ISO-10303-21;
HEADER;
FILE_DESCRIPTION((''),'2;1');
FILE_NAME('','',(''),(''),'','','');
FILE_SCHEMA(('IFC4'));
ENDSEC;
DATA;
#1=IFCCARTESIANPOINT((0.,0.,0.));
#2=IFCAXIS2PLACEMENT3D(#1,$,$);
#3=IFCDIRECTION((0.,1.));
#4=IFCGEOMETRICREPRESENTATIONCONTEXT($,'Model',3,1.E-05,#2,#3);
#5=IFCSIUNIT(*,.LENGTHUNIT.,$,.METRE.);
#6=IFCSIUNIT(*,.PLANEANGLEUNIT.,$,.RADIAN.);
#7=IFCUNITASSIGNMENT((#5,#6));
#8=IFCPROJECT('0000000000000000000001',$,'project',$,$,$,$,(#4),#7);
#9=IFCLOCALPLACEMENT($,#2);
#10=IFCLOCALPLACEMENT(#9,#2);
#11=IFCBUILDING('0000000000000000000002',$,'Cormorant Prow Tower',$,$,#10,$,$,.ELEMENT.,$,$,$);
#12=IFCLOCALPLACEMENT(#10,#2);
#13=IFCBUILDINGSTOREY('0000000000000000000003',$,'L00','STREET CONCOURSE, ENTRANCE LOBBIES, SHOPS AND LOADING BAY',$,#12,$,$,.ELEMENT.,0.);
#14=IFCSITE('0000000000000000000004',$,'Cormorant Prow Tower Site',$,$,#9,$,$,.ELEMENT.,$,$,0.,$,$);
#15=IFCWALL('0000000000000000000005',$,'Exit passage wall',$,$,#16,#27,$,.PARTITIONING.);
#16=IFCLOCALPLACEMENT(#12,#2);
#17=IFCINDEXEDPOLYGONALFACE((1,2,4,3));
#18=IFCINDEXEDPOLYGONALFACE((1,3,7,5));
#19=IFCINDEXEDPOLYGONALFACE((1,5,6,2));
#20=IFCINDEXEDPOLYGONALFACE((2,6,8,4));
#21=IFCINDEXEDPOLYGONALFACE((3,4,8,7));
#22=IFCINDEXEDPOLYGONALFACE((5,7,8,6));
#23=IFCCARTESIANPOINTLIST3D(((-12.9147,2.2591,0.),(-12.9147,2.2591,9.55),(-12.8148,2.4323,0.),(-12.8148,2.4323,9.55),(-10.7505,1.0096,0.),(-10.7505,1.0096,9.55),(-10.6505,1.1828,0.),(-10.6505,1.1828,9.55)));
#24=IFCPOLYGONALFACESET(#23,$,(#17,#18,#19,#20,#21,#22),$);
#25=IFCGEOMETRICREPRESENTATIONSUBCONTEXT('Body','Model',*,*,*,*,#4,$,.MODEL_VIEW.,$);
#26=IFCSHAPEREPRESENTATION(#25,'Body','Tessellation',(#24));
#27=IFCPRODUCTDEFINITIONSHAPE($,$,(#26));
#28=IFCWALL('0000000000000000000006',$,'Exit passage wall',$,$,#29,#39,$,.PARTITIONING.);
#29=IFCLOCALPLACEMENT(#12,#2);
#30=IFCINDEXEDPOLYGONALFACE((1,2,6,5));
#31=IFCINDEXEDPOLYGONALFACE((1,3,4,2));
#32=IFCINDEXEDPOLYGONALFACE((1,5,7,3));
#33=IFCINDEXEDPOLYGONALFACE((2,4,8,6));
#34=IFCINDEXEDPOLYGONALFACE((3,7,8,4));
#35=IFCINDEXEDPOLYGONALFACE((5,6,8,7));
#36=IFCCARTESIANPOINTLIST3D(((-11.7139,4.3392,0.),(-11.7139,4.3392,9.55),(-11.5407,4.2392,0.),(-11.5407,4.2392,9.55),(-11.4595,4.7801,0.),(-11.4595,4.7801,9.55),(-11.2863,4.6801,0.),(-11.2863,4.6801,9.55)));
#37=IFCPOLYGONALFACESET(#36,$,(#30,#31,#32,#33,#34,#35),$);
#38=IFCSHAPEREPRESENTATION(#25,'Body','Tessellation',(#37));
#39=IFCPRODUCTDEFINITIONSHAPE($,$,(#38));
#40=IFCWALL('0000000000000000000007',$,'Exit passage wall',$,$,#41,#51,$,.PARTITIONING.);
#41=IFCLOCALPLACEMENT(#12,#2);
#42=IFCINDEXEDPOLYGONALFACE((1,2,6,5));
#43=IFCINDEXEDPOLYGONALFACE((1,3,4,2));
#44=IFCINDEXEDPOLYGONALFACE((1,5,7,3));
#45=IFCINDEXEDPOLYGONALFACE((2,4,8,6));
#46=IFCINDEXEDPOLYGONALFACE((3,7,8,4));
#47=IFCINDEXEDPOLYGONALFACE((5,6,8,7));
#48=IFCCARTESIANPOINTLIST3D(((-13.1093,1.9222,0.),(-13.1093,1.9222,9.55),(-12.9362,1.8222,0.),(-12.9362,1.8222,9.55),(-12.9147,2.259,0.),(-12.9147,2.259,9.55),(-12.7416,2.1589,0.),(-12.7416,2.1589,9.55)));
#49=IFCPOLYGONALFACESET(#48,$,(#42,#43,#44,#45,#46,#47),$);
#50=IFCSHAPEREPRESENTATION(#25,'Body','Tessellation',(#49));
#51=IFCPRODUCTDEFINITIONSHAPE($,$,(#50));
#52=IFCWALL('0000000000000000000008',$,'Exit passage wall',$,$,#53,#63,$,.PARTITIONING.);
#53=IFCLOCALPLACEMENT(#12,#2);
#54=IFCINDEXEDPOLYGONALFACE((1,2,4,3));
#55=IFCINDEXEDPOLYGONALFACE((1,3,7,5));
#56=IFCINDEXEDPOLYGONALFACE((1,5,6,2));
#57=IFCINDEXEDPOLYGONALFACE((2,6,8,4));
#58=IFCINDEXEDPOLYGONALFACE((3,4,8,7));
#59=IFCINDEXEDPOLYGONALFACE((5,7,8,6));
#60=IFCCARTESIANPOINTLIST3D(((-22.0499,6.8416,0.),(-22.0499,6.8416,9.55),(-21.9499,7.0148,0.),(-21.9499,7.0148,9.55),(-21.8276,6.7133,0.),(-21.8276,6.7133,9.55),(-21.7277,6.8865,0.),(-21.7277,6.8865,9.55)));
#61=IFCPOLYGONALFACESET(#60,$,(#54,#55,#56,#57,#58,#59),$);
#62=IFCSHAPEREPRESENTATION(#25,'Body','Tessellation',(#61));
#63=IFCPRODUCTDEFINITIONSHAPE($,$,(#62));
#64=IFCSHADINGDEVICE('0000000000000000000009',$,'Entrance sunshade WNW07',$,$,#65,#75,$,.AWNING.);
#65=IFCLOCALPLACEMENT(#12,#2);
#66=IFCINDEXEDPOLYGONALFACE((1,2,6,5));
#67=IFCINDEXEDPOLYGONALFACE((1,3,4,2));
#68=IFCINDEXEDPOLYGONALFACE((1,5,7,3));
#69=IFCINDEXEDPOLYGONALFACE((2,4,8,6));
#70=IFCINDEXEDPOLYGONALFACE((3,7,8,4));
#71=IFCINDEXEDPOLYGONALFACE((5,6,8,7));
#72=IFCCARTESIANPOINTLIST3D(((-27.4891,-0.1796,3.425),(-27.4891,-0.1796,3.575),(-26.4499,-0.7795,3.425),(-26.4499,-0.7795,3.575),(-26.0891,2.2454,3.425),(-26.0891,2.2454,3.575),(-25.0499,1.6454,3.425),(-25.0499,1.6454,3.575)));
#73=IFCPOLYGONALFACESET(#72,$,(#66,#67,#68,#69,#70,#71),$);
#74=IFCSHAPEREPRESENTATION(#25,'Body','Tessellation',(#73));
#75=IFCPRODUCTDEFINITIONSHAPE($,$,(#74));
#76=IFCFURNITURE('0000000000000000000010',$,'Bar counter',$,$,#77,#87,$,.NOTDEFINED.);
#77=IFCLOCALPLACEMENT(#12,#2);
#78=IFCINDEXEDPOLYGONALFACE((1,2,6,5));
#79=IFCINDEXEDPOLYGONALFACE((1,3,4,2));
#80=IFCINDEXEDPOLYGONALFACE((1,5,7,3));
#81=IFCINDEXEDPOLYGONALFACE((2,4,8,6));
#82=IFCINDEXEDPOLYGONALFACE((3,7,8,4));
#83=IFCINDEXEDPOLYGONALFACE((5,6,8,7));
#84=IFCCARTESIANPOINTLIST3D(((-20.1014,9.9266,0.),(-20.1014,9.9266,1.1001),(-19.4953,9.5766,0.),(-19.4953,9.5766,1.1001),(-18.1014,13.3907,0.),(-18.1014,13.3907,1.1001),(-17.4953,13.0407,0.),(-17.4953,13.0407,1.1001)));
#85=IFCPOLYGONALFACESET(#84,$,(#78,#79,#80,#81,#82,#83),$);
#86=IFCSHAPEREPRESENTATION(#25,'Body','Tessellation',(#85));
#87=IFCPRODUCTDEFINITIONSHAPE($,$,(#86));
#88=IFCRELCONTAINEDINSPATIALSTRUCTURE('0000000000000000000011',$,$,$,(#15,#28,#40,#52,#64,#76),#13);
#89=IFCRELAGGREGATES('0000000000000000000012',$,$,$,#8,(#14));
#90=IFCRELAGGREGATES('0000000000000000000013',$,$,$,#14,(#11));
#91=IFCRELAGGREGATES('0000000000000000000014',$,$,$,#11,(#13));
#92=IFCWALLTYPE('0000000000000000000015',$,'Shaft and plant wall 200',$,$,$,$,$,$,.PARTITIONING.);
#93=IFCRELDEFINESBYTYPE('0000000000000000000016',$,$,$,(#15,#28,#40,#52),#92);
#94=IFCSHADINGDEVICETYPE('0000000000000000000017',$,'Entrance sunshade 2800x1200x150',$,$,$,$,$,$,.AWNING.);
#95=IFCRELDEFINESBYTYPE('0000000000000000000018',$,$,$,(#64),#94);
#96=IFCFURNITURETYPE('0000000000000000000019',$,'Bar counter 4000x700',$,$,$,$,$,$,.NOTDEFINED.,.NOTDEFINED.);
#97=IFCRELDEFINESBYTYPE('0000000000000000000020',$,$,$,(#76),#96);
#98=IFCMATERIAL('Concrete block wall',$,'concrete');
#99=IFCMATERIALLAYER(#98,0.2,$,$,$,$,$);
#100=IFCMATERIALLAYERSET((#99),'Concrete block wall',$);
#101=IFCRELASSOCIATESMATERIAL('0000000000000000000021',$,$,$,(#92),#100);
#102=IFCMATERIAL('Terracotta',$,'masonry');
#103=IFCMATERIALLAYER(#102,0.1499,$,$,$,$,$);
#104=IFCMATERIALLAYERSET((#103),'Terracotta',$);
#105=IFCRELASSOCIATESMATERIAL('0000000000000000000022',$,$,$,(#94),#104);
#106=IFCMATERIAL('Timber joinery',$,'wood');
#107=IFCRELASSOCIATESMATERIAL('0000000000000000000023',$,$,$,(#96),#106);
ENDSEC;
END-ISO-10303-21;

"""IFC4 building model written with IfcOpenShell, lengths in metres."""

from ifc_helpers import new_model, si_unit, direction, frame, frame_2d, origin, origin_2d, place, context, subcontext, project, spatial, rectangle, extrude, material, layer, layer_set, type_object, element, save


model = new_model("IFC4")

# Units and contexts
model_context = context("Model", 3, precision=1e-05, world=origin(), true_north=direction((0.0, 1.0)))
body_context = subcontext(model_context, "Body", "Model", "MODEL_VIEW")
ifc_project = project(units=[si_unit("LENGTHUNIT", "METRE"), si_unit("PLANEANGLEUNIT", "RADIAN")], contexts=[model_context])

# Site, building, storey
site_placement = place(None, origin())
site = spatial("IfcSite", under=ifc_project, at=site_placement, Name="Cormorant Prow Tower Site", CompositionType="ELEMENT", RefElevation=0.0)
building_placement = place(site_placement, origin())
building = spatial("IfcBuilding", under=site, at=building_placement, Name="Cormorant Prow Tower", CompositionType="ELEMENT")
storey_placement = place(building_placement, origin())
storey = spatial("IfcBuildingStorey", under=building, at=storey_placement, Name="L00", Description="STREET CONCOURSE, ENTRANCE LOBBIES, SHOPS AND LOADING BAY", CompositionType="ELEMENT", Elevation=0.0)

# Walls
ifc_material_1 = material(Name="Concrete block wall", Category="concrete")
ifc_layer_1 = layer(ifc_material_1, 0.2)
ifc_layer_set_1 = layer_set([ifc_layer_1], Name="Concrete block wall")
wall_type_1 = type_object("IfcWallType", Name="Shaft and plant wall 200", PredefinedType="PARTITIONING", material=ifc_layer_set_1)
wall_1_placement = place(storey_placement, frame((-12.8647, 2.3457, 0.0), z_axis=(0.0, 0.0, 1.0), x_axis=(0.866034, -0.499985, 0.0)))
element("IfcWall", 1, at=wall_1_placement, inside=storey, type_object=wall_type_1, Name="Exit passage wall", PredefinedType="PARTITIONING", context=body_context, shape_type="SweptSolid", body=[
    extrude(rectangle(XDim=2.499, YDim=0.2, at=frame_2d((1.2495, 0.0))), origin(), (0.0, 0.0, 1.0), 9.55),
])
wall_2_placement = place(storey_placement, frame((-11.6272, 4.2893, 0.0), z_axis=(0.0, 0.0, 1.0), x_axis=(0.49975, 0.86617, 0.0)))
element("IfcWall", 2, at=wall_2_placement, inside=storey, type_object=wall_type_1, Name="Exit passage wall", PredefinedType="PARTITIONING", context=body_context, shape_type="SweptSolid", body=[
    extrude(rectangle(XDim=0.509, YDim=0.2, at=frame_2d((0.2544, 0.0))), origin(), (0.0, 0.0, 1.0), 9.55),
])
wall_3_placement = place(storey_placement, frame((-13.0227, 1.8723, 0.0), z_axis=(0.0, 0.0, 1.0), x_axis=(0.500393, 0.865799, 0.0)))
element("IfcWall", 3, at=wall_3_placement, inside=storey, type_object=wall_type_1, Name="Exit passage wall", PredefinedType="PARTITIONING", context=body_context, shape_type="SweptSolid", body=[
    extrude(rectangle(XDim=0.3889, YDim=0.2, at=frame_2d((0.1943, 0.0))), origin(), (0.0, 0.0, 1.0), 9.55),
])
wall_4_placement = place(storey_placement, frame((-22.0, 6.9282, 0.0), z_axis=(0.0, 0.0, 1.0), x_axis=(0.866186, -0.499722, 0.0)))
element("IfcWall", 4, at=wall_4_placement, inside=storey, type_object=wall_type_1, Name="Exit passage wall", PredefinedType="PARTITIONING", context=body_context, shape_type="SweptSolid", body=[
    extrude(rectangle(XDim=0.2566, YDim=0.2, at=frame_2d((0.1284, 0.0))), origin(), (0.0, 0.0, 1.0), 9.55),
])

# Shading device
ifc_material_2 = material(Name="Terracotta", Category="masonry")
ifc_layer_2 = layer(ifc_material_2, 0.1499)
ifc_layer_set_2 = layer_set([ifc_layer_2], Name="Terracotta")
shading_device_type = type_object("IfcShadingDeviceType", Name="Entrance sunshade 2800x1200x150", PredefinedType="AWNING", material=ifc_layer_set_2)
shading_device_placement = place(storey_placement, frame((-26.2695, 0.7329, 3.425), z_axis=(0.0, 0.0, 1.0), x_axis=(-0.5, -0.866025, 0.0)))
element("IfcShadingDevice", 5, at=shading_device_placement, inside=storey, type_object=shading_device_type, Name="Entrance sunshade WNW07", PredefinedType="AWNING", context=body_context, shape_type="SweptSolid", body=[
    extrude(rectangle(XDim=2.8, YDim=1.2, at=origin_2d()), origin(), (0.0, 0.0, 1.0), 0.1499),
])

# Furniture
ifc_material_3 = material(Name="Timber joinery", Category="wood")
furniture_type = type_object("IfcFurnitureType", Name="Bar counter 4000x700", AssemblyPlace="NOTDEFINED", PredefinedType="NOTDEFINED", material=ifc_material_3)
furniture_placement = place(storey_placement, frame((-18.7983, 11.4836, 0.0), z_axis=(0.0, 0.0, 1.0), x_axis=(0.5, 0.866025, 0.0)))
element("IfcFurniture", 6, at=furniture_placement, inside=storey, type_object=furniture_type, Name="Bar counter", PredefinedType="NOTDEFINED", context=body_context, shape_type="SweptSolid", body=[
    extrude(rectangle(XDim=4.0, YDim=0.7, at=origin_2d()), origin(), (0.0, 0.0, 1.0), 1.1001),
])

save(model, "model.ifc")
